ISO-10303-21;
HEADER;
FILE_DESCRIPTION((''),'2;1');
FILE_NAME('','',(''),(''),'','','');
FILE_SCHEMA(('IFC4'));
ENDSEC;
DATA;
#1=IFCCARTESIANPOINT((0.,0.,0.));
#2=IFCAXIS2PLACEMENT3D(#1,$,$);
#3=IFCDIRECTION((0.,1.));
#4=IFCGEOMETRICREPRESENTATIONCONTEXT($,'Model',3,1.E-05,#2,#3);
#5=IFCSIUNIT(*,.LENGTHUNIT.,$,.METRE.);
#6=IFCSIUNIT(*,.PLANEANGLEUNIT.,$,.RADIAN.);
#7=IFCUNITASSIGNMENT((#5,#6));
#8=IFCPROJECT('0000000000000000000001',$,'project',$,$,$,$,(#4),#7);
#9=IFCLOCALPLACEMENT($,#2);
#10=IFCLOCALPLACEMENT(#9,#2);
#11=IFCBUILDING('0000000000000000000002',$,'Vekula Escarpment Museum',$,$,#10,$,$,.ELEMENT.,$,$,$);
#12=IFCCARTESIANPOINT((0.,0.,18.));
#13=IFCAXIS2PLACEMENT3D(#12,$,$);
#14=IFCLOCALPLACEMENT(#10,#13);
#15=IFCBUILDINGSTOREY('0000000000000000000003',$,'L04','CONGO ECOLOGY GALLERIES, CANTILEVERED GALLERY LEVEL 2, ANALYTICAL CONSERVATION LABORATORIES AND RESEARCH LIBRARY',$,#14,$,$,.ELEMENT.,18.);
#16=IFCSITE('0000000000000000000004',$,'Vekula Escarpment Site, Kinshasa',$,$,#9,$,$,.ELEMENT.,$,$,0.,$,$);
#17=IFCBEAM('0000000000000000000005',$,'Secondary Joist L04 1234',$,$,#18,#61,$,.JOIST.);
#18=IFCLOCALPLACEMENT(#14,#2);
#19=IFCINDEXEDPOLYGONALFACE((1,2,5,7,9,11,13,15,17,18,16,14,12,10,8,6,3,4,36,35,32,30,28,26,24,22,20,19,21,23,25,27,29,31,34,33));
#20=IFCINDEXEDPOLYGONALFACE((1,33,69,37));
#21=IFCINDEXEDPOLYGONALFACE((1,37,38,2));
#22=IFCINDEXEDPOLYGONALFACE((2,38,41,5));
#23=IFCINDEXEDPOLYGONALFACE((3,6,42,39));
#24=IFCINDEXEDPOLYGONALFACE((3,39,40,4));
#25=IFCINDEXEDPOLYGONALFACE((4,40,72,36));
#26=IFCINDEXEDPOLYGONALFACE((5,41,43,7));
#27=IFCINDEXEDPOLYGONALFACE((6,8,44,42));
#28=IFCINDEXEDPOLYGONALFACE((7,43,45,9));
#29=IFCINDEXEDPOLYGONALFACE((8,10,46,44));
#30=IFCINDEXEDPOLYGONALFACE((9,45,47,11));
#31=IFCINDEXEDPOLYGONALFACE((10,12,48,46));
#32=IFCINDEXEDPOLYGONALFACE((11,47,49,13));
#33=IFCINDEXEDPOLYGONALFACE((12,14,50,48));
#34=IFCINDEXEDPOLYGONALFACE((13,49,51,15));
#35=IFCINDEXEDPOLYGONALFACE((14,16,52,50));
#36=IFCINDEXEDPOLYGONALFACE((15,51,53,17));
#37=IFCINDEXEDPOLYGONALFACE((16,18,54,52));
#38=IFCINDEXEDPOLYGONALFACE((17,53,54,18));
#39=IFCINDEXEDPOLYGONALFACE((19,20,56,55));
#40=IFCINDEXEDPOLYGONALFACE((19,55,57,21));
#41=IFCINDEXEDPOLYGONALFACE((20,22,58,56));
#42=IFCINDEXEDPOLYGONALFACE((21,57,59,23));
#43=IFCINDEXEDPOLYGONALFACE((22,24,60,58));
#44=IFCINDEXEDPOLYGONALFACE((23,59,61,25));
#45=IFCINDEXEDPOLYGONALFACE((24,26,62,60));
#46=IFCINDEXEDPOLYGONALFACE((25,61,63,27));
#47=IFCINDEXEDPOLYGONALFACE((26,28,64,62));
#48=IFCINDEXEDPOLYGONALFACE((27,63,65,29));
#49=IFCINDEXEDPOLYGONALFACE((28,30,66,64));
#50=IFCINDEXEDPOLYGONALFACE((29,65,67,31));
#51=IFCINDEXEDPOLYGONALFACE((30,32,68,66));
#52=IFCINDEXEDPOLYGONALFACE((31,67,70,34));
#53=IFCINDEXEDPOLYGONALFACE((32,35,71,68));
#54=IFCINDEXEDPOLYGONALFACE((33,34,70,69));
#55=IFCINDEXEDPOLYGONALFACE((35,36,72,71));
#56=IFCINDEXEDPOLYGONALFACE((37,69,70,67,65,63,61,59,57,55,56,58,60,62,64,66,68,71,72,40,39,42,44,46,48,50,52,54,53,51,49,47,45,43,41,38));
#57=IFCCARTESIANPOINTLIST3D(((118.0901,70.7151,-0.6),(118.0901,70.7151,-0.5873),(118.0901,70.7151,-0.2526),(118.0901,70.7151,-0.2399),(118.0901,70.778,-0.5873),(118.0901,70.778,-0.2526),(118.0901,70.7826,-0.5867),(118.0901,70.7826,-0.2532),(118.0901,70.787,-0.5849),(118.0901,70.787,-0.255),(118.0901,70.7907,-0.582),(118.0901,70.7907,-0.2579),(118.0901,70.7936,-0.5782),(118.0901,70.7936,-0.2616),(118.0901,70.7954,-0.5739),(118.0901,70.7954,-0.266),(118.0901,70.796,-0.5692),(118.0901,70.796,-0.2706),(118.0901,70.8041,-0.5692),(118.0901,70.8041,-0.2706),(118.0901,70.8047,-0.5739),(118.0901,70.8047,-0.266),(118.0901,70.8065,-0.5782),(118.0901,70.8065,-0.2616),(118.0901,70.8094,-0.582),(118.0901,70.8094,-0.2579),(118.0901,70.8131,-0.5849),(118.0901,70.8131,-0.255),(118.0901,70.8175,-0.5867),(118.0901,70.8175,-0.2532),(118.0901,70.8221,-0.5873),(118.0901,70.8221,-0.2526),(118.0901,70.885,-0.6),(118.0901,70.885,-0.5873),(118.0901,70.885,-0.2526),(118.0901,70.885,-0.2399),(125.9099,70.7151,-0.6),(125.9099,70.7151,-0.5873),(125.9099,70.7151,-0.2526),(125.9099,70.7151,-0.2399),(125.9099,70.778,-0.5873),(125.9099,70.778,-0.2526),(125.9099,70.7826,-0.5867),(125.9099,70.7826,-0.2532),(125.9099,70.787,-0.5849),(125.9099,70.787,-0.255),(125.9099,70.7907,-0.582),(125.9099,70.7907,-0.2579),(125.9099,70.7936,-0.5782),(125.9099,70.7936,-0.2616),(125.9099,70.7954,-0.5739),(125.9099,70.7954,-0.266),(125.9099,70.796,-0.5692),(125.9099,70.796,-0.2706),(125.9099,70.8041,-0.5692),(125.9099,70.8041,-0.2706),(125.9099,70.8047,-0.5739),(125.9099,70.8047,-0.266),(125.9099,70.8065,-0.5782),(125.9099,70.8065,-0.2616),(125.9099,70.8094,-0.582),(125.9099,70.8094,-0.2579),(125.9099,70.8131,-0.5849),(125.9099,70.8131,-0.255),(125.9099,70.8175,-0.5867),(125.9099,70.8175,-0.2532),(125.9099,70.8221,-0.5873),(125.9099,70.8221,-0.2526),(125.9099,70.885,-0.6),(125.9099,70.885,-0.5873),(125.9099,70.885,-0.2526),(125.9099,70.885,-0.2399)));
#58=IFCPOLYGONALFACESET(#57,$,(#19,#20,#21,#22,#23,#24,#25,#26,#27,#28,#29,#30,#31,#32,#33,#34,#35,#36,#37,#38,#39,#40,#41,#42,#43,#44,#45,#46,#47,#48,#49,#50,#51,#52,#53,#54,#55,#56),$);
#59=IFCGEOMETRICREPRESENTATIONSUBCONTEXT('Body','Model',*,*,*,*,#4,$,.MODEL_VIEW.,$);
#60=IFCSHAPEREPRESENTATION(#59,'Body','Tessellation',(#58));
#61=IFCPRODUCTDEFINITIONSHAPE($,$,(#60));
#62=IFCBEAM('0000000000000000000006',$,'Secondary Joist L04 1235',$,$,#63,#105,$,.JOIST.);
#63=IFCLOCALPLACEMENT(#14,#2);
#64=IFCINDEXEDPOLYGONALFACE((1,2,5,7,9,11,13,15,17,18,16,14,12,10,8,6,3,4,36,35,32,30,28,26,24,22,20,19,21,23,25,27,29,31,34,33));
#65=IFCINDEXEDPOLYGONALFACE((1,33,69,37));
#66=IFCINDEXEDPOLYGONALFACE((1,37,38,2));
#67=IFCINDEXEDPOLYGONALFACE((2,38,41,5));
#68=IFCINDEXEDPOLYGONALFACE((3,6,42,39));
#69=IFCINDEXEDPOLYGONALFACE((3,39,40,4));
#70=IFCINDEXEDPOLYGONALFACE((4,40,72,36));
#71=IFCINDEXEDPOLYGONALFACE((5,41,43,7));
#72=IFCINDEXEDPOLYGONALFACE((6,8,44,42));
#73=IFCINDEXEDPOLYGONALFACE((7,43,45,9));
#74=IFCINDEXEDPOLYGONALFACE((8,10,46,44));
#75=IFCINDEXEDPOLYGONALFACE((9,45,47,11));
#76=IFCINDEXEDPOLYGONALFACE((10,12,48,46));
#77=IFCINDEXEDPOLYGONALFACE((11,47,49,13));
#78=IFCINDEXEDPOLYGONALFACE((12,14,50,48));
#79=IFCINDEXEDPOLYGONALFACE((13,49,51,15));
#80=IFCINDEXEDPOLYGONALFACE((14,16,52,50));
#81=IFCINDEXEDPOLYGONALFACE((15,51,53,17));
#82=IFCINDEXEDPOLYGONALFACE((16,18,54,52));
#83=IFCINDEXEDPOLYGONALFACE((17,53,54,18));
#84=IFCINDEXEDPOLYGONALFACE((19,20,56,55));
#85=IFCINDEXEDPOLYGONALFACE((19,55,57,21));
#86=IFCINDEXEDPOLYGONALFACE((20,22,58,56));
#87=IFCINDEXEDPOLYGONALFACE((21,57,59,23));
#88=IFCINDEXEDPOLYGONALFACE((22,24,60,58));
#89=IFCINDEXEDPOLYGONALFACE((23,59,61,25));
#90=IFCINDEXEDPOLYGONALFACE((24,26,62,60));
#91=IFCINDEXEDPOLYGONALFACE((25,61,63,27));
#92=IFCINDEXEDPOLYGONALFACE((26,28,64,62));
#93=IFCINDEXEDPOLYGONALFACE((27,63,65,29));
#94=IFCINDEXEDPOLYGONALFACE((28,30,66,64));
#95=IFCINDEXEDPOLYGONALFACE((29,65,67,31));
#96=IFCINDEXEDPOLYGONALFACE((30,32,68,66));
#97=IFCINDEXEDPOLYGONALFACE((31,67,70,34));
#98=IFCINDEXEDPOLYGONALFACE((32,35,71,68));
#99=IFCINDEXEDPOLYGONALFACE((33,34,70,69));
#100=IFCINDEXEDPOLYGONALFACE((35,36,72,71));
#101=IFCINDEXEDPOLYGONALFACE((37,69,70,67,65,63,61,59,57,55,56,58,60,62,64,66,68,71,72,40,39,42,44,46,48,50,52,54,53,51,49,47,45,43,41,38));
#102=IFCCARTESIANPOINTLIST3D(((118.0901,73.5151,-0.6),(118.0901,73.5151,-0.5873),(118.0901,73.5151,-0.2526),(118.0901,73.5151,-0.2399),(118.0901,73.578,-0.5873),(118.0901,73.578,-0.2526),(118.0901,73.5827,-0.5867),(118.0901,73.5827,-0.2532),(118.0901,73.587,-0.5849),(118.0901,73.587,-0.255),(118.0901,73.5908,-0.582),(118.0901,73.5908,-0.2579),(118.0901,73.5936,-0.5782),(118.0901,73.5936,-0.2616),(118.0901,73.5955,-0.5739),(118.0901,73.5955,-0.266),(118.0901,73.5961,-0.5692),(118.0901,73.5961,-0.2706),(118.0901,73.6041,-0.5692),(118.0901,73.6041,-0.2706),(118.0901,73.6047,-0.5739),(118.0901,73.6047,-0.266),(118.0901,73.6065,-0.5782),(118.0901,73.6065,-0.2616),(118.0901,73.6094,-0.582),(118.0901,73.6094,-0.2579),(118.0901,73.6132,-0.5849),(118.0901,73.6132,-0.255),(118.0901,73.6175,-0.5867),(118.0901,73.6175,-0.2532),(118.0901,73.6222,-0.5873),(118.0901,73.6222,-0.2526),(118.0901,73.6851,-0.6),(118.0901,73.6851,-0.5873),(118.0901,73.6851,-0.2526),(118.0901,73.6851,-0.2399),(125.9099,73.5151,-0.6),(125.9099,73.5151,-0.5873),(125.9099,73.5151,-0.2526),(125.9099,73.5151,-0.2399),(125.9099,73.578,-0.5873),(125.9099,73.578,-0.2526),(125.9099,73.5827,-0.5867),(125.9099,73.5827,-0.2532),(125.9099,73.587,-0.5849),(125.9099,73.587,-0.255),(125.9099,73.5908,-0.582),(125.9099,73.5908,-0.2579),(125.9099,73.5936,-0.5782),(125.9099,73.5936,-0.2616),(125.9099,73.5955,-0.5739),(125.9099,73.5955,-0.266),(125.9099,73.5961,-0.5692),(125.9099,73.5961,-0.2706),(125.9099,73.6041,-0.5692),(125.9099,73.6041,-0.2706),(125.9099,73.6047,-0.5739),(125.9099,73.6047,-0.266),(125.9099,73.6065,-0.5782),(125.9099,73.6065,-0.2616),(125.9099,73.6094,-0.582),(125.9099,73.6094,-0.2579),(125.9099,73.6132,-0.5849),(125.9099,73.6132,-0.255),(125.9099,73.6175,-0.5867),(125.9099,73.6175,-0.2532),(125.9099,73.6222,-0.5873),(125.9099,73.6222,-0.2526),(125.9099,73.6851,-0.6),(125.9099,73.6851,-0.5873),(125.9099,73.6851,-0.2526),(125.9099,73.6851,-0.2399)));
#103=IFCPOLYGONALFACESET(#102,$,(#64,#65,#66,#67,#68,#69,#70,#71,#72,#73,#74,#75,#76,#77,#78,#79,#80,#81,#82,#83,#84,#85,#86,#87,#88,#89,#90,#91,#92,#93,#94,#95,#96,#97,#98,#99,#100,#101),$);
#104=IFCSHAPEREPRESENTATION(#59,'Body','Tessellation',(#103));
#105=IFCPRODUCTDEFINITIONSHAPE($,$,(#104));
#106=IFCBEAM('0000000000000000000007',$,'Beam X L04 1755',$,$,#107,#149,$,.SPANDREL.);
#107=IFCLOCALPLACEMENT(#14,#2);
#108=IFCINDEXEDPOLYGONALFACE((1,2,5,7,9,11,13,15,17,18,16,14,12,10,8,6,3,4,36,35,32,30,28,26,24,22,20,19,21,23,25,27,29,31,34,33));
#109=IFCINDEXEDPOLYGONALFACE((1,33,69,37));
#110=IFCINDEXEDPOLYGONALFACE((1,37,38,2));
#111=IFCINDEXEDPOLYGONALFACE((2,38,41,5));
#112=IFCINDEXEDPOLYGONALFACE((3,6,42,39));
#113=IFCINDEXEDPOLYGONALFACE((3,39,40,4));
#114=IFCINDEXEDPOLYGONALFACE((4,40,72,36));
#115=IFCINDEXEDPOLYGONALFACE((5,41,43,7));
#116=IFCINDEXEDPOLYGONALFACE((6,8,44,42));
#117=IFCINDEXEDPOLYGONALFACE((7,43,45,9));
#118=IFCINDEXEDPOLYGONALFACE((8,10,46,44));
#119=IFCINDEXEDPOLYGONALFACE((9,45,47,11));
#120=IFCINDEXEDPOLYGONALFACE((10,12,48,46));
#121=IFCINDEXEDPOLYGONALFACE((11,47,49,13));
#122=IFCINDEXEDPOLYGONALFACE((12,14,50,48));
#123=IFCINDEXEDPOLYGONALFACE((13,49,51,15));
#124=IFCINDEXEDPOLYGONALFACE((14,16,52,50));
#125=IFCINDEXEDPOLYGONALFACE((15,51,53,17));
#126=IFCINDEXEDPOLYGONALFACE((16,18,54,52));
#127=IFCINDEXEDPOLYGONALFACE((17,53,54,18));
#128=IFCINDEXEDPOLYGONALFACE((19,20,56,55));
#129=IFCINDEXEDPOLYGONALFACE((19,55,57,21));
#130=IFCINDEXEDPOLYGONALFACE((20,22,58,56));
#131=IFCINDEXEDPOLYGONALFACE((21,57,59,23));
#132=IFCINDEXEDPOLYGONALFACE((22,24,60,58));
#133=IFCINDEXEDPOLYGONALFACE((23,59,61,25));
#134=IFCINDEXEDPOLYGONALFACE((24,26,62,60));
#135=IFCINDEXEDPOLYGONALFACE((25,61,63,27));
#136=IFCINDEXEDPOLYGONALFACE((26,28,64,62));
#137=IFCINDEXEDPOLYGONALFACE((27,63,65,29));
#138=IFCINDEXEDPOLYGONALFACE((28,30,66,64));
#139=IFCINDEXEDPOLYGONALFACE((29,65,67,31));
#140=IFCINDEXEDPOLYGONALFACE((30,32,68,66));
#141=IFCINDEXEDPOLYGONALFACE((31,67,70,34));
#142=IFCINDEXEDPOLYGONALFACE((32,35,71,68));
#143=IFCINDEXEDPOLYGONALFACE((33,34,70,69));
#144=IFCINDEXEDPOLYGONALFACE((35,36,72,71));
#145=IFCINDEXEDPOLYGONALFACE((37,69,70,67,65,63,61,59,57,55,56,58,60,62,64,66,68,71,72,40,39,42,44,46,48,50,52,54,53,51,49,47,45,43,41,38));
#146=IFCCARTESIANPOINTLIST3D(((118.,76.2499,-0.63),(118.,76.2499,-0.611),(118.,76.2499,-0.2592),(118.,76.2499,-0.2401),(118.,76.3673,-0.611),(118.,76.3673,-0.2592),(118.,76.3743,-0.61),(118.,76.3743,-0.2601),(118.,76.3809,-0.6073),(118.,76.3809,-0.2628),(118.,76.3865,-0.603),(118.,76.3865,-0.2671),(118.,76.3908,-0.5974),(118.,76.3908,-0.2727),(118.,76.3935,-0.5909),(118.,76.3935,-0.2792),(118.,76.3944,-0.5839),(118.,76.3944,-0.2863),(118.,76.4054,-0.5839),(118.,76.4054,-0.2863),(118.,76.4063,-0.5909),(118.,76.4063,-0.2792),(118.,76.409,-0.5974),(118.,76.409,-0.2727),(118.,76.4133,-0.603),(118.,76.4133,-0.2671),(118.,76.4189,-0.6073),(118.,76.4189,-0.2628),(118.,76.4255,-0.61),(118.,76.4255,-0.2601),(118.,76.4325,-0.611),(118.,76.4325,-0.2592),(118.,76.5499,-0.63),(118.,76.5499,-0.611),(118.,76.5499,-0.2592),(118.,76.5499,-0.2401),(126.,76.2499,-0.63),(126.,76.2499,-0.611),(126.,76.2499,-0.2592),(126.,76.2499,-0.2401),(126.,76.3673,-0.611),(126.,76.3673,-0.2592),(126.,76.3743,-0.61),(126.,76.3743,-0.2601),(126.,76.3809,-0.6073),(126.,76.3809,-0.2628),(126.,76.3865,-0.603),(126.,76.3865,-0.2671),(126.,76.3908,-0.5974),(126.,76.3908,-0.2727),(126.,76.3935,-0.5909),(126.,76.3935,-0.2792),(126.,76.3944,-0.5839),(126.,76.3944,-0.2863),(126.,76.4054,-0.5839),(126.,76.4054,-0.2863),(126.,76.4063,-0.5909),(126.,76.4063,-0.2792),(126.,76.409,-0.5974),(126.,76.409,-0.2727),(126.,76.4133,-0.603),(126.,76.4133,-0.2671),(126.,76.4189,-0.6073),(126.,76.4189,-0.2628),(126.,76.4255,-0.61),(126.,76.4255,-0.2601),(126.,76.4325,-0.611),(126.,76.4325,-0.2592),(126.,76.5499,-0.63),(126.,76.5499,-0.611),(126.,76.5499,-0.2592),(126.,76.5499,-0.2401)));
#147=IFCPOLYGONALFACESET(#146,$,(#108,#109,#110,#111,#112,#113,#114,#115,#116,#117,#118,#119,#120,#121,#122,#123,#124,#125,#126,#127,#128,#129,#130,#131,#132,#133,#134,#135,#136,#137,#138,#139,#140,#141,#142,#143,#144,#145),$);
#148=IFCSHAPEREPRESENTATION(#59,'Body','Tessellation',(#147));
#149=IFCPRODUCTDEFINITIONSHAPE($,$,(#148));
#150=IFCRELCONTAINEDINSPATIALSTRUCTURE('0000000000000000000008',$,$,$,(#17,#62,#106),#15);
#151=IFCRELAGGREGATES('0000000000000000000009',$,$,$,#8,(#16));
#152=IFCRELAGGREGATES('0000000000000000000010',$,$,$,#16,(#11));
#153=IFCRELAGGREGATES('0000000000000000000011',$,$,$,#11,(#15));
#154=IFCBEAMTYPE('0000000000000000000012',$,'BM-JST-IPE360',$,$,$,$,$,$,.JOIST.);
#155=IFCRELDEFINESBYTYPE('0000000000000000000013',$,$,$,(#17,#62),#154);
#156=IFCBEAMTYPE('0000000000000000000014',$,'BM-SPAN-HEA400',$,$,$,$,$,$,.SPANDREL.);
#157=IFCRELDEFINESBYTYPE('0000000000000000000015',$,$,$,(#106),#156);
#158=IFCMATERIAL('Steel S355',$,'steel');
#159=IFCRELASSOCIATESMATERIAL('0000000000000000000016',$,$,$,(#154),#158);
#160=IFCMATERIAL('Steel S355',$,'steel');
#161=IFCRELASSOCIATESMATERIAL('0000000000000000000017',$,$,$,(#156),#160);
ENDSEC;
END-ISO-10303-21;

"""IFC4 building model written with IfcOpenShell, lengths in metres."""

from ifc_helpers import new_model, si_unit, direction, frame, origin, origin_2d, place, context, subcontext, project, spatial, i_section, extrude, material, material_profile, profile_set, type_object, element, save


model = new_model("IFC4")

# Units and contexts
model_context = context("Model", 3, precision=1e-05, world=origin(), true_north=direction((0.0, 1.0)))
body_context = subcontext(model_context, "Body", "Model", "MODEL_VIEW")
ifc_project = project(units=[si_unit("LENGTHUNIT", "METRE"), si_unit("PLANEANGLEUNIT", "RADIAN")], contexts=[model_context])

# Site, building, storey
site_placement = place(None, origin())
site = spatial("IfcSite", under=ifc_project, at=site_placement, Name="Vekula Escarpment Site, Kinshasa", CompositionType="ELEMENT", RefElevation=0.0)
building_placement = place(site_placement, origin())
building = spatial("IfcBuilding", under=site, at=building_placement, Name="Vekula Escarpment Museum", CompositionType="ELEMENT")
storey_placement = place(building_placement, frame((0.0, 0.0, 18.0)))
storey = spatial("IfcBuildingStorey", under=building, at=storey_placement, Name="L04", Description="CONGO ECOLOGY GALLERIES, CANTILEVERED GALLERY LEVEL 2, ANALYTICAL CONSERVATION LABORATORIES AND RESEARCH LIBRARY", CompositionType="ELEMENT", Elevation=18.0)

# Beams
ifc_material_1 = material(Name="Steel S355", Category="steel")
ifc_material_profile_1 = material_profile(ifc_material_1, i_section(OverallWidth=0.1699, OverallDepth=0.3601, WebThickness=0.0081, FlangeThickness=0.0127, FilletRadius=0.0181, at=origin_2d()), Name="IPE 360")
ifc_profile_set_1 = profile_set([ifc_material_profile_1], Name="Steel S355")
beam_type_1 = type_object("IfcBeamType", Name="BM-JST-IPE360", PredefinedType="JOIST", material=ifc_profile_set_1)
for number, where, z_axis, x_axis, name in (
    (1, (118.0901, 70.8, -0.4199), (1.0, 0.0, 0.0), (0.0, 1.0, 0.0), "Secondary Joist L04 1234"),
    (2, (118.0901, 73.6001, -0.4199), (1.0, 0.0, 0.0), (0.0, 1.0, 0.0), "Secondary Joist L04 1235"),
):
    element("IfcBeam", number, at=place(storey_placement, frame(where, z_axis=z_axis, x_axis=x_axis)), inside=storey, type_object=beam_type_1, Name=name, PredefinedType="JOIST", context=body_context, shape_type="SweptSolid", body=[
        extrude(i_section(OverallWidth=0.1699, OverallDepth=0.3601, WebThickness=0.0081, FlangeThickness=0.0127, FilletRadius=0.0181, at=origin_2d()), origin(), (0.0, 0.0, 1.0), 7.8198),
    ])
ifc_material_2 = material(Name="Steel S355", Category="steel")
ifc_material_profile_2 = material_profile(ifc_material_2, i_section(OverallWidth=0.3, OverallDepth=0.3899, WebThickness=0.011, FlangeThickness=0.019, FilletRadius=0.0271, at=origin_2d()), Name="HEA 400")
ifc_profile_set_2 = profile_set([ifc_material_profile_2], Name="Steel S355")
beam_type_2 = type_object("IfcBeamType", Name="BM-SPAN-HEA400", PredefinedType="SPANDREL", material=ifc_profile_set_2)
beam_1_placement = place(storey_placement, frame((118.0, 76.3999, -0.4351), z_axis=(1.0, 0.0, 0.0), x_axis=(0.0, 1.0, 0.0)))
element("IfcBeam", 3, at=beam_1_placement, inside=storey, type_object=beam_type_2, Name="Beam X L04 1755", PredefinedType="SPANDREL", context=body_context, shape_type="SweptSolid", body=[
    extrude(i_section(OverallWidth=0.3, OverallDepth=0.3899, WebThickness=0.011, FlangeThickness=0.019, FilletRadius=0.0271, at=origin_2d()), origin(), (0.0, 0.0, 1.0), 8.0),
])

save(model, "model.ifc")
